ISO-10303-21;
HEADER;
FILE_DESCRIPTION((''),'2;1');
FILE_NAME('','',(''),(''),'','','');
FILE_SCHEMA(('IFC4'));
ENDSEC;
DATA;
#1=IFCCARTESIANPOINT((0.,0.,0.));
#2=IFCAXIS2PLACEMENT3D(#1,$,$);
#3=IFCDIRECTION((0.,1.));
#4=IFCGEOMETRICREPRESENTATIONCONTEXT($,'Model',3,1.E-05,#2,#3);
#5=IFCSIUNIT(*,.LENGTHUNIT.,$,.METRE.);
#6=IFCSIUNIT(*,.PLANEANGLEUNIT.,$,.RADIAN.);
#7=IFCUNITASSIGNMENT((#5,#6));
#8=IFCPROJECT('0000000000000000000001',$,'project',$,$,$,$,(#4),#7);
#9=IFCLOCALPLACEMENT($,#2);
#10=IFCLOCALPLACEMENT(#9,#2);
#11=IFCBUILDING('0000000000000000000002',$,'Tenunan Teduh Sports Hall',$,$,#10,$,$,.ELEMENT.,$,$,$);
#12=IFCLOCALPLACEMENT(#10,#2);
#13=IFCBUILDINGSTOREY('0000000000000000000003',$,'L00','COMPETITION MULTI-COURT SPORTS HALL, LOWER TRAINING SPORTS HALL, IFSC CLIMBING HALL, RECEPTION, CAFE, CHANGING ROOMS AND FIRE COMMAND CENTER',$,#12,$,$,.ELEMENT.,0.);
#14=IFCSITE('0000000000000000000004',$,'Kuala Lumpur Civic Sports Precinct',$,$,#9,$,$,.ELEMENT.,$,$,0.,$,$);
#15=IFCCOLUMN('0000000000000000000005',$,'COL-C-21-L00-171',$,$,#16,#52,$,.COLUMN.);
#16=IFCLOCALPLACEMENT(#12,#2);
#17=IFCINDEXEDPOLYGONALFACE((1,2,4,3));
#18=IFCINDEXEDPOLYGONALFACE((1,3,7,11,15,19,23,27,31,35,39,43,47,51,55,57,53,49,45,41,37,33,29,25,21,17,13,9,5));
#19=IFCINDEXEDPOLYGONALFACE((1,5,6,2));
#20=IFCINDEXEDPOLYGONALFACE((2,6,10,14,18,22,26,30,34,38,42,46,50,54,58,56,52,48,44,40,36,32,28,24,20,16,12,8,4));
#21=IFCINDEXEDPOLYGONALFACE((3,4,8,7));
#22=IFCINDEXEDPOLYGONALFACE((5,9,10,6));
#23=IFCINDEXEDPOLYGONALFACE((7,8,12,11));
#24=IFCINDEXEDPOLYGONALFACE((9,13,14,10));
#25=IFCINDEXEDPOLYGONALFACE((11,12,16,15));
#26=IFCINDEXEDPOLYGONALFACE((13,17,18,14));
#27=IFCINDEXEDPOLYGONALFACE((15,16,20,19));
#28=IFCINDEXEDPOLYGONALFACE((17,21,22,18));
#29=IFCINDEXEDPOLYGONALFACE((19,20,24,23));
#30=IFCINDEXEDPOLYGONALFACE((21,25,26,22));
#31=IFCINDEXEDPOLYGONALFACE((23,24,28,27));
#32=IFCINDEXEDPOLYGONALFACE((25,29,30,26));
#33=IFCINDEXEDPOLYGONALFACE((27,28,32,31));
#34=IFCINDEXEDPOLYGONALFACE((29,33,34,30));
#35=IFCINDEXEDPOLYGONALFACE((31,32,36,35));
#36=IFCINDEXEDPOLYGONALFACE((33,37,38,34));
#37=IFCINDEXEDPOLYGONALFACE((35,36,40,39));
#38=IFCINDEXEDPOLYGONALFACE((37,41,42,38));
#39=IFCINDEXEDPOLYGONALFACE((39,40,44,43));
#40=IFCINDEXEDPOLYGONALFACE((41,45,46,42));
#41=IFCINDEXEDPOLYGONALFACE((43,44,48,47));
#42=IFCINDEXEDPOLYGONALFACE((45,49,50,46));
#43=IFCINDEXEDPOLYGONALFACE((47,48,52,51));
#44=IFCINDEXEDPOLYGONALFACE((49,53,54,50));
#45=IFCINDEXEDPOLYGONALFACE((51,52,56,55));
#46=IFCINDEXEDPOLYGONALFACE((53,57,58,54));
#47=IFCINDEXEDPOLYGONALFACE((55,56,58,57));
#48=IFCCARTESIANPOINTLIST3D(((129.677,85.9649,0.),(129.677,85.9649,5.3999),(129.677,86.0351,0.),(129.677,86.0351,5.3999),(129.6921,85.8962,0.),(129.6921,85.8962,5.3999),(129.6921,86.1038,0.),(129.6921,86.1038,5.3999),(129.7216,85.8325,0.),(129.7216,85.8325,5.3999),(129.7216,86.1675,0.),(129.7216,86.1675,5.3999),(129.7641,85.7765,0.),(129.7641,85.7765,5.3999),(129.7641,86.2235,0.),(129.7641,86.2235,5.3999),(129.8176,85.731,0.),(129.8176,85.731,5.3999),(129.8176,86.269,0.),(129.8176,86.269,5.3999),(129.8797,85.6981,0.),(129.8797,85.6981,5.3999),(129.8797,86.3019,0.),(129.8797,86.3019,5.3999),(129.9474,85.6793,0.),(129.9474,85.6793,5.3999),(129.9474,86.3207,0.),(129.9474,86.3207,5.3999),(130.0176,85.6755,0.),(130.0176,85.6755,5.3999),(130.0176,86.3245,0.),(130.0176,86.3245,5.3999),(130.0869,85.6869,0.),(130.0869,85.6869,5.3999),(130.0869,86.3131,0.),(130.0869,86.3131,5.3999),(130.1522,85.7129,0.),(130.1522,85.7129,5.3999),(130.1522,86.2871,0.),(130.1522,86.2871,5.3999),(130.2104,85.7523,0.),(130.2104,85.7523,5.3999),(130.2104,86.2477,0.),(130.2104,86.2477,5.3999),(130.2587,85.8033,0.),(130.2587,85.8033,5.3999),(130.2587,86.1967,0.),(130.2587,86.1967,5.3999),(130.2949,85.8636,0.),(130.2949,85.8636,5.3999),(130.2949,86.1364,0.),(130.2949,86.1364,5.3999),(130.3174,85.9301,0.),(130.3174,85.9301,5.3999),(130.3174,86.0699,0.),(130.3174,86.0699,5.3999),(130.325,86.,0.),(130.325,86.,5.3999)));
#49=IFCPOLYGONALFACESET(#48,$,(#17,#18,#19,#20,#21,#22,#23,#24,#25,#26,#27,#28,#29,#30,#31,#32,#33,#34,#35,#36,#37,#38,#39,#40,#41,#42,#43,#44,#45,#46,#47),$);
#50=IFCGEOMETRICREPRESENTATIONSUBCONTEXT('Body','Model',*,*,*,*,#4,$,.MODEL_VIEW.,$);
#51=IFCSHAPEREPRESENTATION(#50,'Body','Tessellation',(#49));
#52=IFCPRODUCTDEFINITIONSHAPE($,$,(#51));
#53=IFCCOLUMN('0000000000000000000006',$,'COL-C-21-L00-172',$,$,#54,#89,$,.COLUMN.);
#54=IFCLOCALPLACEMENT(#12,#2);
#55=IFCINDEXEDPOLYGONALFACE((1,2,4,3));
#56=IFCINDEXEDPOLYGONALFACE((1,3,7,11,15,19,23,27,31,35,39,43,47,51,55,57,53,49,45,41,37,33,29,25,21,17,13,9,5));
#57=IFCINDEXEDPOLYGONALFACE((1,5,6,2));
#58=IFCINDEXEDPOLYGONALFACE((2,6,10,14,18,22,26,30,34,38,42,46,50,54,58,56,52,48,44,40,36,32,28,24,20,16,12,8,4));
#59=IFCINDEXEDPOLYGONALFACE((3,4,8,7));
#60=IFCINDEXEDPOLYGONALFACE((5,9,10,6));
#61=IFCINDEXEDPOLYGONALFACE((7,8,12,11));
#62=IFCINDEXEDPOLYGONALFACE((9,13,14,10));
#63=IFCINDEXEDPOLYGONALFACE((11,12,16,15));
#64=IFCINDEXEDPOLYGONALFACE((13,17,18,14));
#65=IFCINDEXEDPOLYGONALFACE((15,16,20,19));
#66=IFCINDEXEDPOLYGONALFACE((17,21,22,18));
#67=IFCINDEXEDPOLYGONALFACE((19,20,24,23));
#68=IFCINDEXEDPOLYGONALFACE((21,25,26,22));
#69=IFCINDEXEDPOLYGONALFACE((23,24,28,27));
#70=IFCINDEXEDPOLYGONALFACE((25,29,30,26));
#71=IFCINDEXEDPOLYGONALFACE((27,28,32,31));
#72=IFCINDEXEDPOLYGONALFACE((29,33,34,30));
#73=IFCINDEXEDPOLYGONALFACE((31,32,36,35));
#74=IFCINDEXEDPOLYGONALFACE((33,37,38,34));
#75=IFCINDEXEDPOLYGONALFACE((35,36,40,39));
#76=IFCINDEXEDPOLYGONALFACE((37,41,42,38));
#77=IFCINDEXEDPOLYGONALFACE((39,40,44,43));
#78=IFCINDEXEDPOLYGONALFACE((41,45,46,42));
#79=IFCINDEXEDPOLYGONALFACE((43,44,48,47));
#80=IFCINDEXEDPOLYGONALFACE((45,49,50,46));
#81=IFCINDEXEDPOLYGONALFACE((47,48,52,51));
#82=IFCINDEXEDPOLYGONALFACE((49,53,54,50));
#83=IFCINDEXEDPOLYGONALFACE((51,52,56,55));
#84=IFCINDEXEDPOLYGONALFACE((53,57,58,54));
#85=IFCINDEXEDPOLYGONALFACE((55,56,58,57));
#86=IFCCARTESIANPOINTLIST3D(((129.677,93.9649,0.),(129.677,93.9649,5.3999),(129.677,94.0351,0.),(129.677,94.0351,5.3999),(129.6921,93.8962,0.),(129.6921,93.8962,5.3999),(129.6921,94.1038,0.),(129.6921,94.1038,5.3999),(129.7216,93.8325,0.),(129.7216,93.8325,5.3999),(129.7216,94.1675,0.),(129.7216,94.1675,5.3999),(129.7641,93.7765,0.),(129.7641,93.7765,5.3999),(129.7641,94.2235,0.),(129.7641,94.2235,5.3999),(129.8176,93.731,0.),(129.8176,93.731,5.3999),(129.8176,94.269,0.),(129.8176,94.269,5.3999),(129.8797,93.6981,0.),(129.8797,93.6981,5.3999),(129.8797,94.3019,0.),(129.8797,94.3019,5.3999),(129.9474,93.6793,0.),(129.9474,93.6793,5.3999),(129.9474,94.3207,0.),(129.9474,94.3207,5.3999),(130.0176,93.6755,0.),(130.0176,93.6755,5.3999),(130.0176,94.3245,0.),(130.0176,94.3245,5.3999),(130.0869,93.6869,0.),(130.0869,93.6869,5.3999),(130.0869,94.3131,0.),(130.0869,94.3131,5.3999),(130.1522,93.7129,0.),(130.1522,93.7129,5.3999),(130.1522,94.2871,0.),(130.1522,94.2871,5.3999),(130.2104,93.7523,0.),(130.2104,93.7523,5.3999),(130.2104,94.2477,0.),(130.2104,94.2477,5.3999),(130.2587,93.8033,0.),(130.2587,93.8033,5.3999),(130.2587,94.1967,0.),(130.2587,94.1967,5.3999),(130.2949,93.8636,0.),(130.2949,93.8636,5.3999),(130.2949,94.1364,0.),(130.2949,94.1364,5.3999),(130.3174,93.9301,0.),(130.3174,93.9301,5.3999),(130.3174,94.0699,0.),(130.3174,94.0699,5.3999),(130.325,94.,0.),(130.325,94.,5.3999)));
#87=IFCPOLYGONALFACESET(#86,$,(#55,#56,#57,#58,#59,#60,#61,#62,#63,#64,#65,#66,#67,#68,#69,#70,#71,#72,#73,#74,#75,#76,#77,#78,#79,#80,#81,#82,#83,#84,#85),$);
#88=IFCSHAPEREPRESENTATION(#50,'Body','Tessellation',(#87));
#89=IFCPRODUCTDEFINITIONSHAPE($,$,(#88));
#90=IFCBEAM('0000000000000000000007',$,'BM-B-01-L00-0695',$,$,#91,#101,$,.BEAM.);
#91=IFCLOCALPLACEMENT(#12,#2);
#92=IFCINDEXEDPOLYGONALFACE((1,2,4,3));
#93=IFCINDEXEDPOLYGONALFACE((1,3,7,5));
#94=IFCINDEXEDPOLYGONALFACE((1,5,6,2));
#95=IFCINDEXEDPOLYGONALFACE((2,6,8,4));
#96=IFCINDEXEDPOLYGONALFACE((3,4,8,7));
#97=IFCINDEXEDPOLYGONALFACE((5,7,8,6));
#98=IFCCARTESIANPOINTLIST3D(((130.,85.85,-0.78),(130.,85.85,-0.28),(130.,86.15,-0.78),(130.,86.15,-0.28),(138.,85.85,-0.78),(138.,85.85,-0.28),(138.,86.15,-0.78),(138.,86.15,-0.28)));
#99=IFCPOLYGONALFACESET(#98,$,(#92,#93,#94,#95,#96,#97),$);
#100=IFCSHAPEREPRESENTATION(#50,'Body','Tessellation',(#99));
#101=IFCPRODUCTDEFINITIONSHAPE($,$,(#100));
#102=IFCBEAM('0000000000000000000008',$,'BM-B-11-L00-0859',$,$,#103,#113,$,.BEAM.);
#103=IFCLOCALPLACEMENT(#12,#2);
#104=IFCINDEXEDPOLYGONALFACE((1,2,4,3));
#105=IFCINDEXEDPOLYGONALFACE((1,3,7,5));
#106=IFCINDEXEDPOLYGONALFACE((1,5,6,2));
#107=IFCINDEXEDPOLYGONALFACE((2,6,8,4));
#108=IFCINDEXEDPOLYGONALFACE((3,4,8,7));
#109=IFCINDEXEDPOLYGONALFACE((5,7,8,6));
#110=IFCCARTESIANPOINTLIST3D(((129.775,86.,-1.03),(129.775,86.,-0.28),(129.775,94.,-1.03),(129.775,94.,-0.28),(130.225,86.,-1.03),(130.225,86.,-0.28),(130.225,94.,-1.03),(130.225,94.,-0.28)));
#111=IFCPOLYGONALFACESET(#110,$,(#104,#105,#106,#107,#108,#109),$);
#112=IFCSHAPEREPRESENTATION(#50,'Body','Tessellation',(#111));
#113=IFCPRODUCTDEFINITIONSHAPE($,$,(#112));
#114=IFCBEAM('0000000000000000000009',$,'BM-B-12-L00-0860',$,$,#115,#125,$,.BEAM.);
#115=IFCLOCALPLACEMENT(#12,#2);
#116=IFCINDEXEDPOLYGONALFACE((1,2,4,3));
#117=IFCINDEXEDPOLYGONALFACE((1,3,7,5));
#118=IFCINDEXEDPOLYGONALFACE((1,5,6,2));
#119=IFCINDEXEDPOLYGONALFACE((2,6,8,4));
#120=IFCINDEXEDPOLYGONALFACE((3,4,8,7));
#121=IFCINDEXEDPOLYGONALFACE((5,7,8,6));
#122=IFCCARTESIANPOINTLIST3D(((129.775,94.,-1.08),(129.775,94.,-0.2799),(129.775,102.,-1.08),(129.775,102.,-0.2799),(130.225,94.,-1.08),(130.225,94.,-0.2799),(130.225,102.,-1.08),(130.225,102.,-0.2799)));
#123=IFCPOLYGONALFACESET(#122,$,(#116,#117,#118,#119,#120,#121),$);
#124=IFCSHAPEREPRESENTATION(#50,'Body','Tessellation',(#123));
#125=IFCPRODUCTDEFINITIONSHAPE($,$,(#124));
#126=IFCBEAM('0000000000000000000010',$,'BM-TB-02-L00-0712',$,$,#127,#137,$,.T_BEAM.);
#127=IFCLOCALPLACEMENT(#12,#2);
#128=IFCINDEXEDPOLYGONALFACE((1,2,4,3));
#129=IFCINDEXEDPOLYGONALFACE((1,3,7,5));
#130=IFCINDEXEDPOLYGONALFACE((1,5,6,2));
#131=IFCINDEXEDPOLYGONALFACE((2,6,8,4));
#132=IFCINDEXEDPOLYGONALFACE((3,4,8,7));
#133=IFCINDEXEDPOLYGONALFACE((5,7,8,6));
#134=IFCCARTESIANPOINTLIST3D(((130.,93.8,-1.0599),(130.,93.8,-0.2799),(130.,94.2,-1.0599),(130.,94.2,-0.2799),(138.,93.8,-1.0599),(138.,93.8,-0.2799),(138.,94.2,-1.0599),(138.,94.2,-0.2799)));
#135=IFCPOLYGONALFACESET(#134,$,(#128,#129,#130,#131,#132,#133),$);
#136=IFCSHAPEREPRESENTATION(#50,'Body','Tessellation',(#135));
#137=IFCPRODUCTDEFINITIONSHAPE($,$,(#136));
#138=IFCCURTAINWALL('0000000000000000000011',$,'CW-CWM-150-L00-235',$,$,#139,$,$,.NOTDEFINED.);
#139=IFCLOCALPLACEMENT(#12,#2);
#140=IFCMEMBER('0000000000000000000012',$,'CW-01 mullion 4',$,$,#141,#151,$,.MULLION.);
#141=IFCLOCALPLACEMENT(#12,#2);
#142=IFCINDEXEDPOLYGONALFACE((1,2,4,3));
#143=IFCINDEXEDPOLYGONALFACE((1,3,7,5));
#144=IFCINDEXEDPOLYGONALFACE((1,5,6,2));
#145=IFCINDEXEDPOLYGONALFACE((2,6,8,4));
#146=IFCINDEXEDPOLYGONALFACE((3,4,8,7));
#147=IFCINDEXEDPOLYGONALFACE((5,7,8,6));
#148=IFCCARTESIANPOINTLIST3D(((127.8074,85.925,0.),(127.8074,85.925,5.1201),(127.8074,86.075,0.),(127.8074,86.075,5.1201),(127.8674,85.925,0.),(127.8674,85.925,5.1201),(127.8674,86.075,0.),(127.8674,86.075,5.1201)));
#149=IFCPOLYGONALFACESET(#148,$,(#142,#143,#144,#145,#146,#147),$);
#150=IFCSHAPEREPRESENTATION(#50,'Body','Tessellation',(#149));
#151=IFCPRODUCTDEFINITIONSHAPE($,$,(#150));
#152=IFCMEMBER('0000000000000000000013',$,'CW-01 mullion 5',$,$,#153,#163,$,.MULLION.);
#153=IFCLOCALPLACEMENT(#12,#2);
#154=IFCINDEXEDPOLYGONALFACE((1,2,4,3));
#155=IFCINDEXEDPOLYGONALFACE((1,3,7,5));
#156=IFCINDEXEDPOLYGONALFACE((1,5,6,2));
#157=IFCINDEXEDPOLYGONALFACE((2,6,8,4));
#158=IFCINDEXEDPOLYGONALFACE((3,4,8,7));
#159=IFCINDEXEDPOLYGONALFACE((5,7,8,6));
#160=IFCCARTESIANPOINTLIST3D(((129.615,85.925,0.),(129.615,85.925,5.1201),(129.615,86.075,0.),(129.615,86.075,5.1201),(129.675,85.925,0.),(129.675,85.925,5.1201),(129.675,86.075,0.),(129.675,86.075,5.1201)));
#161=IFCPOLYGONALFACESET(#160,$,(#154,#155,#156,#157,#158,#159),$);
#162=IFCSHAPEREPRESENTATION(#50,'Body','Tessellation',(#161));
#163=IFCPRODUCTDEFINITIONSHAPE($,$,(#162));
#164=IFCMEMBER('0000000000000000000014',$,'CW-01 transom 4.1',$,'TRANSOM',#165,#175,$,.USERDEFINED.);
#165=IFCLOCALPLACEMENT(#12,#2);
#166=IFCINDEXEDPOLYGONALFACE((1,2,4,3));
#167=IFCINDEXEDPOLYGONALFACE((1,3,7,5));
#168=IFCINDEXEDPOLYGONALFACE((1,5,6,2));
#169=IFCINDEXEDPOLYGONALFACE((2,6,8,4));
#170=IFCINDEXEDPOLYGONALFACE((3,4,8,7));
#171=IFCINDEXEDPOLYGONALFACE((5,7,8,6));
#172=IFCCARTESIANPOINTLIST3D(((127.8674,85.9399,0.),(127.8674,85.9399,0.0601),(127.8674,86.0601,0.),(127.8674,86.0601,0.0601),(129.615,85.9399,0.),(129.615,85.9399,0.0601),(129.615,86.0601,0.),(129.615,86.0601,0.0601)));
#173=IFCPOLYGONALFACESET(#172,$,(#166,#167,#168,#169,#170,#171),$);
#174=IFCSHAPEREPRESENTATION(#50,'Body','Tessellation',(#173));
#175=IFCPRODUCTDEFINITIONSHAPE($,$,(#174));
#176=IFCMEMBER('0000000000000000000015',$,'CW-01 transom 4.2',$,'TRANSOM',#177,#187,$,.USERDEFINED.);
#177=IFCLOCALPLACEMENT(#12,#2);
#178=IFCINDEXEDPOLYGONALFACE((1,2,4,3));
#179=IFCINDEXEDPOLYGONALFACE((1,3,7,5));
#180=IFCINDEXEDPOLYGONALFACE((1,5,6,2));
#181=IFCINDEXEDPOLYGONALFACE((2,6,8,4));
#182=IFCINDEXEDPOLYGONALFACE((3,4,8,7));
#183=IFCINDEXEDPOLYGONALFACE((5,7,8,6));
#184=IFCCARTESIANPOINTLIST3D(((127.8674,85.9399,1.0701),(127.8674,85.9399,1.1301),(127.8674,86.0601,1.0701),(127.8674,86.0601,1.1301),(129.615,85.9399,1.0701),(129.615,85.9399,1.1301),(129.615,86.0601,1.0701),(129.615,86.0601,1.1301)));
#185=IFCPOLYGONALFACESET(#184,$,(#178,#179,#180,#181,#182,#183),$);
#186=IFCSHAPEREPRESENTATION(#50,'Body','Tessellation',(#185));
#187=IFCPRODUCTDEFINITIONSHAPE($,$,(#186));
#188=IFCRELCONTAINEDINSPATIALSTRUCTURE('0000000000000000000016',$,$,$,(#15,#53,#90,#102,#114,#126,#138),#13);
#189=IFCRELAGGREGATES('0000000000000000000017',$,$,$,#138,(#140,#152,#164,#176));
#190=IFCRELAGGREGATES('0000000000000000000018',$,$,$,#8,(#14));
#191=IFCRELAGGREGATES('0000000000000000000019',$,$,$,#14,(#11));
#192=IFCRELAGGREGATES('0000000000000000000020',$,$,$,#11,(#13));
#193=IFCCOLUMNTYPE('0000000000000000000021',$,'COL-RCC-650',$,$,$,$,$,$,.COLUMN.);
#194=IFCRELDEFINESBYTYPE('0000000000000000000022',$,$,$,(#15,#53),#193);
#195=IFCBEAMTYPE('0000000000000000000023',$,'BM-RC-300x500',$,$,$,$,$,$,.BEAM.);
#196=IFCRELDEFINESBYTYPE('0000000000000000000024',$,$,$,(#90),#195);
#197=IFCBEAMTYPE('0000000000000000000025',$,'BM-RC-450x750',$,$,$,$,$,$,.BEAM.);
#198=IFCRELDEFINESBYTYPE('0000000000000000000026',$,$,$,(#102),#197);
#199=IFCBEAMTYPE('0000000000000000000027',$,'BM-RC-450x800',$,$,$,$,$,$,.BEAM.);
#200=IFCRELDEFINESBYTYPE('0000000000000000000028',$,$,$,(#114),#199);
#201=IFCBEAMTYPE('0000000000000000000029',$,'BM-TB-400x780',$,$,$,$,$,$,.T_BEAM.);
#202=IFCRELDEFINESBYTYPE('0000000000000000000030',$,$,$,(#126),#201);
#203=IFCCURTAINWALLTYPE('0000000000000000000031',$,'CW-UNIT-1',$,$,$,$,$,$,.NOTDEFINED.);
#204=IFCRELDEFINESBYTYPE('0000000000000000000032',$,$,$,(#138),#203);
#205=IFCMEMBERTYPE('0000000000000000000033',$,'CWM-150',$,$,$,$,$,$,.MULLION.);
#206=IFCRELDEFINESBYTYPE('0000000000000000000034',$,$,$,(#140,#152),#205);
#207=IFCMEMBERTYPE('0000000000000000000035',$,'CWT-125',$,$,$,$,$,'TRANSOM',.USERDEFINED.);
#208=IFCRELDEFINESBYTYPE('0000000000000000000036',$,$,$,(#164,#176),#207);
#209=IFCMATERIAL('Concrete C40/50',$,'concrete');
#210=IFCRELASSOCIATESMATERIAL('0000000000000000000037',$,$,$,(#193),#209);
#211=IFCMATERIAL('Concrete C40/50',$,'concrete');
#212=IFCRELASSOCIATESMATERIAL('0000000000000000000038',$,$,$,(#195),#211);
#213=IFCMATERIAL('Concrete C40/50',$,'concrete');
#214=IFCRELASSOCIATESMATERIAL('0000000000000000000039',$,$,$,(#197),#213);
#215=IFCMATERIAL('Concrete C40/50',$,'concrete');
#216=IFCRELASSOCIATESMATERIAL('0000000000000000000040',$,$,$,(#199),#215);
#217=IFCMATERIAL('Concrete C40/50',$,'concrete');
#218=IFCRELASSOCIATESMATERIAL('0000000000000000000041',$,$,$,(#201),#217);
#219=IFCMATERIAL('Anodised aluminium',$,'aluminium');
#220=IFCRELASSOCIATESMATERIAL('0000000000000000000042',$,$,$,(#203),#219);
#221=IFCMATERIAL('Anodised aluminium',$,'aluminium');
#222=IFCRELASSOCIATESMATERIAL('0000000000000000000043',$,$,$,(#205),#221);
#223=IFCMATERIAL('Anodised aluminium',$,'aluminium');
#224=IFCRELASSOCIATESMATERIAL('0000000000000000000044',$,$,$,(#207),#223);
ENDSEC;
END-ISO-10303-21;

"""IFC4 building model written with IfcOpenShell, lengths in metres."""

from ifc_helpers import new_model, si_unit, direction, frame, origin, origin_2d, place, context, subcontext, project, spatial, rectangle, circle, extrude, material, material_profile, profile_set, type_object, element, aggregate, save


model = new_model("IFC4")

# Units and contexts
model_context = context("Model", 3, precision=1e-05, world=origin(), true_north=direction((0.0, 1.0)))
body_context = subcontext(model_context, "Body", "Model", "MODEL_VIEW")
ifc_project = project(units=[si_unit("LENGTHUNIT", "METRE"), si_unit("PLANEANGLEUNIT", "RADIAN")], contexts=[model_context])

# Site, building, storey
site_placement = place(None, origin())
site = spatial("IfcSite", under=ifc_project, at=site_placement, Name="Kuala Lumpur Civic Sports Precinct", CompositionType="ELEMENT", RefElevation=0.0)
building_placement = place(site_placement, origin())
building = spatial("IfcBuilding", under=site, at=building_placement, Name="Tenunan Teduh Sports Hall", CompositionType="ELEMENT")
storey_placement = place(building_placement, origin())
storey = spatial("IfcBuildingStorey", under=building, at=storey_placement, Name="L00", Description="COMPETITION MULTI-COURT SPORTS HALL, LOWER TRAINING SPORTS HALL, IFSC CLIMBING HALL, RECEPTION, CAFE, CHANGING ROOMS AND FIRE COMMAND CENTER", CompositionType="ELEMENT", Elevation=0.0)

# Columns
ifc_material_1 = material(Name="Concrete C40/50", Category="concrete")
ifc_material_profile_1 = material_profile(ifc_material_1, circle(Radius=0.325, at=origin_2d()), Name="RCC D650")
ifc_profile_set_1 = profile_set([ifc_material_profile_1], Name="Concrete C40/50")
column_type = type_object("IfcColumnType", Name="COL-RCC-650", PredefinedType="COLUMN", material=ifc_profile_set_1)
for number, where, z_axis, x_axis, name in (
    (1, (130.0, 86.0, 0.0), (0.0, 0.0, 1.0), (1.0, 0.0, 0.0), "COL-C-21-L00-171"),
    (2, (130.0, 94.0, 0.0), (0.0, 0.0, 1.0), (1.0, 0.0, 0.0), "COL-C-21-L00-172"),
):
    element("IfcColumn", number, at=place(storey_placement, frame(where, z_axis=z_axis, x_axis=x_axis)), inside=storey, type_object=column_type, Name=name, PredefinedType="COLUMN", context=body_context, shape_type="SweptSolid", body=[
        extrude(circle(Radius=0.325, at=origin_2d()), origin(), (0.0, 0.0, 1.0), 5.3999),
    ])

# Beams
ifc_material_2 = material(Name="Concrete C40/50", Category="concrete")
ifc_material_profile_2 = material_profile(ifc_material_2, rectangle(XDim=0.3, YDim=0.5, at=origin_2d()), Name="RCB 300x500")
ifc_profile_set_2 = profile_set([ifc_material_profile_2], Name="Concrete C40/50")
beam_type_1 = type_object("IfcBeamType", Name="BM-RC-300x500", PredefinedType="BEAM", material=ifc_profile_set_2)
beam_1_placement = place(storey_placement, frame((130.0, 86.0, -0.53), z_axis=(1.0, 0.0, 0.0), x_axis=(0.0, 1.0, 0.0)))
element("IfcBeam", 3, at=beam_1_placement, inside=storey, type_object=beam_type_1, Name="BM-B-01-L00-0695", PredefinedType="BEAM", context=body_context, shape_type="SweptSolid", body=[
    extrude(rectangle(XDim=0.3, YDim=0.5, at=origin_2d()), origin(), (0.0, 0.0, 1.0), 8.0),
])
ifc_material_3 = material(Name="Concrete C40/50", Category="concrete")
ifc_material_profile_3 = material_profile(ifc_material_3, rectangle(XDim=0.45, YDim=0.75, at=origin_2d()), Name="RCB 450x750")
ifc_profile_set_3 = profile_set([ifc_material_profile_3], Name="Concrete C40/50")
beam_type_2 = type_object("IfcBeamType", Name="BM-RC-450x750", PredefinedType="BEAM", material=ifc_profile_set_3)
beam_2_placement = place(storey_placement, frame((130.0, 86.0, -0.655), z_axis=(0.0, 1.0, 0.0), x_axis=(-1.0, 0.0, 0.0)))
element("IfcBeam", 4, at=beam_2_placement, inside=storey, type_object=beam_type_2, Name="BM-B-11-L00-0859", PredefinedType="BEAM", context=body_context, shape_type="SweptSolid", body=[
    extrude(rectangle(XDim=0.45, YDim=0.75, at=origin_2d()), origin(), (0.0, 0.0, 1.0), 8.0),
])
ifc_material_4 = material(Name="Concrete C40/50", Category="concrete")
ifc_material_profile_4 = material_profile(ifc_material_4, rectangle(XDim=0.45, YDim=0.8, at=origin_2d()), Name="RCB 450x800")
ifc_profile_set_4 = profile_set([ifc_material_profile_4], Name="Concrete C40/50")
beam_type_3 = type_object("IfcBeamType", Name="BM-RC-450x800", PredefinedType="BEAM", material=ifc_profile_set_4)
beam_3_placement = place(storey_placement, frame((130.0, 94.0, -0.6799), z_axis=(0.0, 1.0, 0.0), x_axis=(-1.0, 0.0, 0.0)))
element("IfcBeam", 5, at=beam_3_placement, inside=storey, type_object=beam_type_3, Name="BM-B-12-L00-0860", PredefinedType="BEAM", context=body_context, shape_type="SweptSolid", body=[
    extrude(rectangle(XDim=0.45, YDim=0.8, at=origin_2d()), origin(), (0.0, 0.0, 1.0), 8.0),
])
ifc_material_5 = material(Name="Concrete C40/50", Category="concrete")
ifc_material_profile_5 = material_profile(ifc_material_5, rectangle(XDim=0.3999, YDim=0.78, at=origin_2d()), Name="TB 400x780")
ifc_profile_set_5 = profile_set([ifc_material_profile_5], Name="Concrete C40/50")
beam_type_4 = type_object("IfcBeamType", Name="BM-TB-400x780", PredefinedType="T_BEAM", material=ifc_profile_set_5)
beam_4_placement = place(storey_placement, frame((130.0, 94.0, -0.6699), z_axis=(1.0, 0.0, 0.0), x_axis=(0.0, 1.0, 0.0)))
element("IfcBeam", 6, at=beam_4_placement, inside=storey, type_object=beam_type_4, Name="BM-TB-02-L00-0712", PredefinedType="T_BEAM", context=body_context, shape_type="SweptSolid", body=[
    extrude(rectangle(XDim=0.3999, YDim=0.78, at=origin_2d()), origin(), (0.0, 0.0, 1.0), 8.0),
])

# Curtain wall, members
ifc_material_6 = material(Name="Anodised aluminium", Category="aluminium")
curtain_wall_type = type_object("IfcCurtainWallType", Name="CW-UNIT-1", PredefinedType="NOTDEFINED", material=ifc_material_6)
curtain_wall_placement = place(storey_placement, origin())
curtain_wall = element("IfcCurtainWall", 7, at=curtain_wall_placement, inside=storey, type_object=curtain_wall_type, Name="CW-CWM-150-L00-235", PredefinedType="NOTDEFINED")
ifc_material_7 = material(Name="Anodised aluminium", Category="aluminium")
ifc_material_profile_6 = material_profile(ifc_material_7, rectangle(XDim=0.0601, YDim=0.1499, at=origin_2d()), Name="CWM 60x150")
ifc_profile_set_6 = profile_set([ifc_material_profile_6], Name="Anodised aluminium")
member_type_1 = type_object("IfcMemberType", Name="CWM-150", PredefinedType="MULLION", material=ifc_profile_set_6)
member_1_placement = place(storey_placement, frame((127.8374, 86.0, 0.0), z_axis=(0.0, 0.0, 1.0), x_axis=(1.0, 0.0, 0.0)))
member_1 = element("IfcMember", 8, at=member_1_placement, type_object=member_type_1, Name="CW-01 mullion 4", PredefinedType="MULLION", context=body_context, shape_type="SweptSolid", body=[
    extrude(rectangle(XDim=0.0601, YDim=0.1499, at=origin_2d()), origin(), (0.0, 0.0, 1.0), 5.1201),
])
member_2_placement = place(storey_placement, frame((129.645, 86.0, 0.0), z_axis=(0.0, 0.0, 1.0), x_axis=(1.0, 0.0, 0.0)))
member_2 = element("IfcMember", 9, at=member_2_placement, type_object=member_type_1, Name="CW-01 mullion 5", PredefinedType="MULLION", context=body_context, shape_type="SweptSolid", body=[
    extrude(rectangle(XDim=0.0601, YDim=0.1499, at=origin_2d()), origin(), (0.0, 0.0, 1.0), 5.1201),
])
ifc_material_8 = material(Name="Anodised aluminium", Category="aluminium")
ifc_material_profile_7 = material_profile(ifc_material_8, rectangle(XDim=0.0601, YDim=0.1201, at=origin_2d()), Name="CWT 60x120")
ifc_profile_set_7 = profile_set([ifc_material_profile_7], Name="Anodised aluminium")
member_type_2 = type_object("IfcMemberType", Name="CWT-125", ElementType="TRANSOM", PredefinedType="USERDEFINED", material=ifc_profile_set_7)
member_3_placement = place(storey_placement, frame((127.8674, 86.0, 0.03), z_axis=(1.0, 0.0, 0.0), x_axis=(0.0, 0.0, 1.0)))
member_3 = element("IfcMember", 10, at=member_3_placement, type_object=member_type_2, Name="CW-01 transom 4.1", ObjectType="TRANSOM", PredefinedType="USERDEFINED", context=body_context, shape_type="SweptSolid", body=[
    extrude(rectangle(XDim=0.0601, YDim=0.1201, at=origin_2d()), origin(), (0.0, 0.0, 1.0), 1.7476),
])
member_4_placement = place(storey_placement, frame((127.8674, 86.0, 1.1001), z_axis=(1.0, 0.0, 0.0), x_axis=(0.0, 0.0, 1.0)))
member_4 = element("IfcMember", 11, at=member_4_placement, type_object=member_type_2, Name="CW-01 transom 4.2", ObjectType="TRANSOM", PredefinedType="USERDEFINED", context=body_context, shape_type="SweptSolid", body=[
    extrude(rectangle(XDim=0.0601, YDim=0.1201, at=origin_2d()), origin(), (0.0, 0.0, 1.0), 1.7476),
])

aggregate(curtain_wall, [member_1, member_2, member_3, member_4])

save(model, "model.ifc")
